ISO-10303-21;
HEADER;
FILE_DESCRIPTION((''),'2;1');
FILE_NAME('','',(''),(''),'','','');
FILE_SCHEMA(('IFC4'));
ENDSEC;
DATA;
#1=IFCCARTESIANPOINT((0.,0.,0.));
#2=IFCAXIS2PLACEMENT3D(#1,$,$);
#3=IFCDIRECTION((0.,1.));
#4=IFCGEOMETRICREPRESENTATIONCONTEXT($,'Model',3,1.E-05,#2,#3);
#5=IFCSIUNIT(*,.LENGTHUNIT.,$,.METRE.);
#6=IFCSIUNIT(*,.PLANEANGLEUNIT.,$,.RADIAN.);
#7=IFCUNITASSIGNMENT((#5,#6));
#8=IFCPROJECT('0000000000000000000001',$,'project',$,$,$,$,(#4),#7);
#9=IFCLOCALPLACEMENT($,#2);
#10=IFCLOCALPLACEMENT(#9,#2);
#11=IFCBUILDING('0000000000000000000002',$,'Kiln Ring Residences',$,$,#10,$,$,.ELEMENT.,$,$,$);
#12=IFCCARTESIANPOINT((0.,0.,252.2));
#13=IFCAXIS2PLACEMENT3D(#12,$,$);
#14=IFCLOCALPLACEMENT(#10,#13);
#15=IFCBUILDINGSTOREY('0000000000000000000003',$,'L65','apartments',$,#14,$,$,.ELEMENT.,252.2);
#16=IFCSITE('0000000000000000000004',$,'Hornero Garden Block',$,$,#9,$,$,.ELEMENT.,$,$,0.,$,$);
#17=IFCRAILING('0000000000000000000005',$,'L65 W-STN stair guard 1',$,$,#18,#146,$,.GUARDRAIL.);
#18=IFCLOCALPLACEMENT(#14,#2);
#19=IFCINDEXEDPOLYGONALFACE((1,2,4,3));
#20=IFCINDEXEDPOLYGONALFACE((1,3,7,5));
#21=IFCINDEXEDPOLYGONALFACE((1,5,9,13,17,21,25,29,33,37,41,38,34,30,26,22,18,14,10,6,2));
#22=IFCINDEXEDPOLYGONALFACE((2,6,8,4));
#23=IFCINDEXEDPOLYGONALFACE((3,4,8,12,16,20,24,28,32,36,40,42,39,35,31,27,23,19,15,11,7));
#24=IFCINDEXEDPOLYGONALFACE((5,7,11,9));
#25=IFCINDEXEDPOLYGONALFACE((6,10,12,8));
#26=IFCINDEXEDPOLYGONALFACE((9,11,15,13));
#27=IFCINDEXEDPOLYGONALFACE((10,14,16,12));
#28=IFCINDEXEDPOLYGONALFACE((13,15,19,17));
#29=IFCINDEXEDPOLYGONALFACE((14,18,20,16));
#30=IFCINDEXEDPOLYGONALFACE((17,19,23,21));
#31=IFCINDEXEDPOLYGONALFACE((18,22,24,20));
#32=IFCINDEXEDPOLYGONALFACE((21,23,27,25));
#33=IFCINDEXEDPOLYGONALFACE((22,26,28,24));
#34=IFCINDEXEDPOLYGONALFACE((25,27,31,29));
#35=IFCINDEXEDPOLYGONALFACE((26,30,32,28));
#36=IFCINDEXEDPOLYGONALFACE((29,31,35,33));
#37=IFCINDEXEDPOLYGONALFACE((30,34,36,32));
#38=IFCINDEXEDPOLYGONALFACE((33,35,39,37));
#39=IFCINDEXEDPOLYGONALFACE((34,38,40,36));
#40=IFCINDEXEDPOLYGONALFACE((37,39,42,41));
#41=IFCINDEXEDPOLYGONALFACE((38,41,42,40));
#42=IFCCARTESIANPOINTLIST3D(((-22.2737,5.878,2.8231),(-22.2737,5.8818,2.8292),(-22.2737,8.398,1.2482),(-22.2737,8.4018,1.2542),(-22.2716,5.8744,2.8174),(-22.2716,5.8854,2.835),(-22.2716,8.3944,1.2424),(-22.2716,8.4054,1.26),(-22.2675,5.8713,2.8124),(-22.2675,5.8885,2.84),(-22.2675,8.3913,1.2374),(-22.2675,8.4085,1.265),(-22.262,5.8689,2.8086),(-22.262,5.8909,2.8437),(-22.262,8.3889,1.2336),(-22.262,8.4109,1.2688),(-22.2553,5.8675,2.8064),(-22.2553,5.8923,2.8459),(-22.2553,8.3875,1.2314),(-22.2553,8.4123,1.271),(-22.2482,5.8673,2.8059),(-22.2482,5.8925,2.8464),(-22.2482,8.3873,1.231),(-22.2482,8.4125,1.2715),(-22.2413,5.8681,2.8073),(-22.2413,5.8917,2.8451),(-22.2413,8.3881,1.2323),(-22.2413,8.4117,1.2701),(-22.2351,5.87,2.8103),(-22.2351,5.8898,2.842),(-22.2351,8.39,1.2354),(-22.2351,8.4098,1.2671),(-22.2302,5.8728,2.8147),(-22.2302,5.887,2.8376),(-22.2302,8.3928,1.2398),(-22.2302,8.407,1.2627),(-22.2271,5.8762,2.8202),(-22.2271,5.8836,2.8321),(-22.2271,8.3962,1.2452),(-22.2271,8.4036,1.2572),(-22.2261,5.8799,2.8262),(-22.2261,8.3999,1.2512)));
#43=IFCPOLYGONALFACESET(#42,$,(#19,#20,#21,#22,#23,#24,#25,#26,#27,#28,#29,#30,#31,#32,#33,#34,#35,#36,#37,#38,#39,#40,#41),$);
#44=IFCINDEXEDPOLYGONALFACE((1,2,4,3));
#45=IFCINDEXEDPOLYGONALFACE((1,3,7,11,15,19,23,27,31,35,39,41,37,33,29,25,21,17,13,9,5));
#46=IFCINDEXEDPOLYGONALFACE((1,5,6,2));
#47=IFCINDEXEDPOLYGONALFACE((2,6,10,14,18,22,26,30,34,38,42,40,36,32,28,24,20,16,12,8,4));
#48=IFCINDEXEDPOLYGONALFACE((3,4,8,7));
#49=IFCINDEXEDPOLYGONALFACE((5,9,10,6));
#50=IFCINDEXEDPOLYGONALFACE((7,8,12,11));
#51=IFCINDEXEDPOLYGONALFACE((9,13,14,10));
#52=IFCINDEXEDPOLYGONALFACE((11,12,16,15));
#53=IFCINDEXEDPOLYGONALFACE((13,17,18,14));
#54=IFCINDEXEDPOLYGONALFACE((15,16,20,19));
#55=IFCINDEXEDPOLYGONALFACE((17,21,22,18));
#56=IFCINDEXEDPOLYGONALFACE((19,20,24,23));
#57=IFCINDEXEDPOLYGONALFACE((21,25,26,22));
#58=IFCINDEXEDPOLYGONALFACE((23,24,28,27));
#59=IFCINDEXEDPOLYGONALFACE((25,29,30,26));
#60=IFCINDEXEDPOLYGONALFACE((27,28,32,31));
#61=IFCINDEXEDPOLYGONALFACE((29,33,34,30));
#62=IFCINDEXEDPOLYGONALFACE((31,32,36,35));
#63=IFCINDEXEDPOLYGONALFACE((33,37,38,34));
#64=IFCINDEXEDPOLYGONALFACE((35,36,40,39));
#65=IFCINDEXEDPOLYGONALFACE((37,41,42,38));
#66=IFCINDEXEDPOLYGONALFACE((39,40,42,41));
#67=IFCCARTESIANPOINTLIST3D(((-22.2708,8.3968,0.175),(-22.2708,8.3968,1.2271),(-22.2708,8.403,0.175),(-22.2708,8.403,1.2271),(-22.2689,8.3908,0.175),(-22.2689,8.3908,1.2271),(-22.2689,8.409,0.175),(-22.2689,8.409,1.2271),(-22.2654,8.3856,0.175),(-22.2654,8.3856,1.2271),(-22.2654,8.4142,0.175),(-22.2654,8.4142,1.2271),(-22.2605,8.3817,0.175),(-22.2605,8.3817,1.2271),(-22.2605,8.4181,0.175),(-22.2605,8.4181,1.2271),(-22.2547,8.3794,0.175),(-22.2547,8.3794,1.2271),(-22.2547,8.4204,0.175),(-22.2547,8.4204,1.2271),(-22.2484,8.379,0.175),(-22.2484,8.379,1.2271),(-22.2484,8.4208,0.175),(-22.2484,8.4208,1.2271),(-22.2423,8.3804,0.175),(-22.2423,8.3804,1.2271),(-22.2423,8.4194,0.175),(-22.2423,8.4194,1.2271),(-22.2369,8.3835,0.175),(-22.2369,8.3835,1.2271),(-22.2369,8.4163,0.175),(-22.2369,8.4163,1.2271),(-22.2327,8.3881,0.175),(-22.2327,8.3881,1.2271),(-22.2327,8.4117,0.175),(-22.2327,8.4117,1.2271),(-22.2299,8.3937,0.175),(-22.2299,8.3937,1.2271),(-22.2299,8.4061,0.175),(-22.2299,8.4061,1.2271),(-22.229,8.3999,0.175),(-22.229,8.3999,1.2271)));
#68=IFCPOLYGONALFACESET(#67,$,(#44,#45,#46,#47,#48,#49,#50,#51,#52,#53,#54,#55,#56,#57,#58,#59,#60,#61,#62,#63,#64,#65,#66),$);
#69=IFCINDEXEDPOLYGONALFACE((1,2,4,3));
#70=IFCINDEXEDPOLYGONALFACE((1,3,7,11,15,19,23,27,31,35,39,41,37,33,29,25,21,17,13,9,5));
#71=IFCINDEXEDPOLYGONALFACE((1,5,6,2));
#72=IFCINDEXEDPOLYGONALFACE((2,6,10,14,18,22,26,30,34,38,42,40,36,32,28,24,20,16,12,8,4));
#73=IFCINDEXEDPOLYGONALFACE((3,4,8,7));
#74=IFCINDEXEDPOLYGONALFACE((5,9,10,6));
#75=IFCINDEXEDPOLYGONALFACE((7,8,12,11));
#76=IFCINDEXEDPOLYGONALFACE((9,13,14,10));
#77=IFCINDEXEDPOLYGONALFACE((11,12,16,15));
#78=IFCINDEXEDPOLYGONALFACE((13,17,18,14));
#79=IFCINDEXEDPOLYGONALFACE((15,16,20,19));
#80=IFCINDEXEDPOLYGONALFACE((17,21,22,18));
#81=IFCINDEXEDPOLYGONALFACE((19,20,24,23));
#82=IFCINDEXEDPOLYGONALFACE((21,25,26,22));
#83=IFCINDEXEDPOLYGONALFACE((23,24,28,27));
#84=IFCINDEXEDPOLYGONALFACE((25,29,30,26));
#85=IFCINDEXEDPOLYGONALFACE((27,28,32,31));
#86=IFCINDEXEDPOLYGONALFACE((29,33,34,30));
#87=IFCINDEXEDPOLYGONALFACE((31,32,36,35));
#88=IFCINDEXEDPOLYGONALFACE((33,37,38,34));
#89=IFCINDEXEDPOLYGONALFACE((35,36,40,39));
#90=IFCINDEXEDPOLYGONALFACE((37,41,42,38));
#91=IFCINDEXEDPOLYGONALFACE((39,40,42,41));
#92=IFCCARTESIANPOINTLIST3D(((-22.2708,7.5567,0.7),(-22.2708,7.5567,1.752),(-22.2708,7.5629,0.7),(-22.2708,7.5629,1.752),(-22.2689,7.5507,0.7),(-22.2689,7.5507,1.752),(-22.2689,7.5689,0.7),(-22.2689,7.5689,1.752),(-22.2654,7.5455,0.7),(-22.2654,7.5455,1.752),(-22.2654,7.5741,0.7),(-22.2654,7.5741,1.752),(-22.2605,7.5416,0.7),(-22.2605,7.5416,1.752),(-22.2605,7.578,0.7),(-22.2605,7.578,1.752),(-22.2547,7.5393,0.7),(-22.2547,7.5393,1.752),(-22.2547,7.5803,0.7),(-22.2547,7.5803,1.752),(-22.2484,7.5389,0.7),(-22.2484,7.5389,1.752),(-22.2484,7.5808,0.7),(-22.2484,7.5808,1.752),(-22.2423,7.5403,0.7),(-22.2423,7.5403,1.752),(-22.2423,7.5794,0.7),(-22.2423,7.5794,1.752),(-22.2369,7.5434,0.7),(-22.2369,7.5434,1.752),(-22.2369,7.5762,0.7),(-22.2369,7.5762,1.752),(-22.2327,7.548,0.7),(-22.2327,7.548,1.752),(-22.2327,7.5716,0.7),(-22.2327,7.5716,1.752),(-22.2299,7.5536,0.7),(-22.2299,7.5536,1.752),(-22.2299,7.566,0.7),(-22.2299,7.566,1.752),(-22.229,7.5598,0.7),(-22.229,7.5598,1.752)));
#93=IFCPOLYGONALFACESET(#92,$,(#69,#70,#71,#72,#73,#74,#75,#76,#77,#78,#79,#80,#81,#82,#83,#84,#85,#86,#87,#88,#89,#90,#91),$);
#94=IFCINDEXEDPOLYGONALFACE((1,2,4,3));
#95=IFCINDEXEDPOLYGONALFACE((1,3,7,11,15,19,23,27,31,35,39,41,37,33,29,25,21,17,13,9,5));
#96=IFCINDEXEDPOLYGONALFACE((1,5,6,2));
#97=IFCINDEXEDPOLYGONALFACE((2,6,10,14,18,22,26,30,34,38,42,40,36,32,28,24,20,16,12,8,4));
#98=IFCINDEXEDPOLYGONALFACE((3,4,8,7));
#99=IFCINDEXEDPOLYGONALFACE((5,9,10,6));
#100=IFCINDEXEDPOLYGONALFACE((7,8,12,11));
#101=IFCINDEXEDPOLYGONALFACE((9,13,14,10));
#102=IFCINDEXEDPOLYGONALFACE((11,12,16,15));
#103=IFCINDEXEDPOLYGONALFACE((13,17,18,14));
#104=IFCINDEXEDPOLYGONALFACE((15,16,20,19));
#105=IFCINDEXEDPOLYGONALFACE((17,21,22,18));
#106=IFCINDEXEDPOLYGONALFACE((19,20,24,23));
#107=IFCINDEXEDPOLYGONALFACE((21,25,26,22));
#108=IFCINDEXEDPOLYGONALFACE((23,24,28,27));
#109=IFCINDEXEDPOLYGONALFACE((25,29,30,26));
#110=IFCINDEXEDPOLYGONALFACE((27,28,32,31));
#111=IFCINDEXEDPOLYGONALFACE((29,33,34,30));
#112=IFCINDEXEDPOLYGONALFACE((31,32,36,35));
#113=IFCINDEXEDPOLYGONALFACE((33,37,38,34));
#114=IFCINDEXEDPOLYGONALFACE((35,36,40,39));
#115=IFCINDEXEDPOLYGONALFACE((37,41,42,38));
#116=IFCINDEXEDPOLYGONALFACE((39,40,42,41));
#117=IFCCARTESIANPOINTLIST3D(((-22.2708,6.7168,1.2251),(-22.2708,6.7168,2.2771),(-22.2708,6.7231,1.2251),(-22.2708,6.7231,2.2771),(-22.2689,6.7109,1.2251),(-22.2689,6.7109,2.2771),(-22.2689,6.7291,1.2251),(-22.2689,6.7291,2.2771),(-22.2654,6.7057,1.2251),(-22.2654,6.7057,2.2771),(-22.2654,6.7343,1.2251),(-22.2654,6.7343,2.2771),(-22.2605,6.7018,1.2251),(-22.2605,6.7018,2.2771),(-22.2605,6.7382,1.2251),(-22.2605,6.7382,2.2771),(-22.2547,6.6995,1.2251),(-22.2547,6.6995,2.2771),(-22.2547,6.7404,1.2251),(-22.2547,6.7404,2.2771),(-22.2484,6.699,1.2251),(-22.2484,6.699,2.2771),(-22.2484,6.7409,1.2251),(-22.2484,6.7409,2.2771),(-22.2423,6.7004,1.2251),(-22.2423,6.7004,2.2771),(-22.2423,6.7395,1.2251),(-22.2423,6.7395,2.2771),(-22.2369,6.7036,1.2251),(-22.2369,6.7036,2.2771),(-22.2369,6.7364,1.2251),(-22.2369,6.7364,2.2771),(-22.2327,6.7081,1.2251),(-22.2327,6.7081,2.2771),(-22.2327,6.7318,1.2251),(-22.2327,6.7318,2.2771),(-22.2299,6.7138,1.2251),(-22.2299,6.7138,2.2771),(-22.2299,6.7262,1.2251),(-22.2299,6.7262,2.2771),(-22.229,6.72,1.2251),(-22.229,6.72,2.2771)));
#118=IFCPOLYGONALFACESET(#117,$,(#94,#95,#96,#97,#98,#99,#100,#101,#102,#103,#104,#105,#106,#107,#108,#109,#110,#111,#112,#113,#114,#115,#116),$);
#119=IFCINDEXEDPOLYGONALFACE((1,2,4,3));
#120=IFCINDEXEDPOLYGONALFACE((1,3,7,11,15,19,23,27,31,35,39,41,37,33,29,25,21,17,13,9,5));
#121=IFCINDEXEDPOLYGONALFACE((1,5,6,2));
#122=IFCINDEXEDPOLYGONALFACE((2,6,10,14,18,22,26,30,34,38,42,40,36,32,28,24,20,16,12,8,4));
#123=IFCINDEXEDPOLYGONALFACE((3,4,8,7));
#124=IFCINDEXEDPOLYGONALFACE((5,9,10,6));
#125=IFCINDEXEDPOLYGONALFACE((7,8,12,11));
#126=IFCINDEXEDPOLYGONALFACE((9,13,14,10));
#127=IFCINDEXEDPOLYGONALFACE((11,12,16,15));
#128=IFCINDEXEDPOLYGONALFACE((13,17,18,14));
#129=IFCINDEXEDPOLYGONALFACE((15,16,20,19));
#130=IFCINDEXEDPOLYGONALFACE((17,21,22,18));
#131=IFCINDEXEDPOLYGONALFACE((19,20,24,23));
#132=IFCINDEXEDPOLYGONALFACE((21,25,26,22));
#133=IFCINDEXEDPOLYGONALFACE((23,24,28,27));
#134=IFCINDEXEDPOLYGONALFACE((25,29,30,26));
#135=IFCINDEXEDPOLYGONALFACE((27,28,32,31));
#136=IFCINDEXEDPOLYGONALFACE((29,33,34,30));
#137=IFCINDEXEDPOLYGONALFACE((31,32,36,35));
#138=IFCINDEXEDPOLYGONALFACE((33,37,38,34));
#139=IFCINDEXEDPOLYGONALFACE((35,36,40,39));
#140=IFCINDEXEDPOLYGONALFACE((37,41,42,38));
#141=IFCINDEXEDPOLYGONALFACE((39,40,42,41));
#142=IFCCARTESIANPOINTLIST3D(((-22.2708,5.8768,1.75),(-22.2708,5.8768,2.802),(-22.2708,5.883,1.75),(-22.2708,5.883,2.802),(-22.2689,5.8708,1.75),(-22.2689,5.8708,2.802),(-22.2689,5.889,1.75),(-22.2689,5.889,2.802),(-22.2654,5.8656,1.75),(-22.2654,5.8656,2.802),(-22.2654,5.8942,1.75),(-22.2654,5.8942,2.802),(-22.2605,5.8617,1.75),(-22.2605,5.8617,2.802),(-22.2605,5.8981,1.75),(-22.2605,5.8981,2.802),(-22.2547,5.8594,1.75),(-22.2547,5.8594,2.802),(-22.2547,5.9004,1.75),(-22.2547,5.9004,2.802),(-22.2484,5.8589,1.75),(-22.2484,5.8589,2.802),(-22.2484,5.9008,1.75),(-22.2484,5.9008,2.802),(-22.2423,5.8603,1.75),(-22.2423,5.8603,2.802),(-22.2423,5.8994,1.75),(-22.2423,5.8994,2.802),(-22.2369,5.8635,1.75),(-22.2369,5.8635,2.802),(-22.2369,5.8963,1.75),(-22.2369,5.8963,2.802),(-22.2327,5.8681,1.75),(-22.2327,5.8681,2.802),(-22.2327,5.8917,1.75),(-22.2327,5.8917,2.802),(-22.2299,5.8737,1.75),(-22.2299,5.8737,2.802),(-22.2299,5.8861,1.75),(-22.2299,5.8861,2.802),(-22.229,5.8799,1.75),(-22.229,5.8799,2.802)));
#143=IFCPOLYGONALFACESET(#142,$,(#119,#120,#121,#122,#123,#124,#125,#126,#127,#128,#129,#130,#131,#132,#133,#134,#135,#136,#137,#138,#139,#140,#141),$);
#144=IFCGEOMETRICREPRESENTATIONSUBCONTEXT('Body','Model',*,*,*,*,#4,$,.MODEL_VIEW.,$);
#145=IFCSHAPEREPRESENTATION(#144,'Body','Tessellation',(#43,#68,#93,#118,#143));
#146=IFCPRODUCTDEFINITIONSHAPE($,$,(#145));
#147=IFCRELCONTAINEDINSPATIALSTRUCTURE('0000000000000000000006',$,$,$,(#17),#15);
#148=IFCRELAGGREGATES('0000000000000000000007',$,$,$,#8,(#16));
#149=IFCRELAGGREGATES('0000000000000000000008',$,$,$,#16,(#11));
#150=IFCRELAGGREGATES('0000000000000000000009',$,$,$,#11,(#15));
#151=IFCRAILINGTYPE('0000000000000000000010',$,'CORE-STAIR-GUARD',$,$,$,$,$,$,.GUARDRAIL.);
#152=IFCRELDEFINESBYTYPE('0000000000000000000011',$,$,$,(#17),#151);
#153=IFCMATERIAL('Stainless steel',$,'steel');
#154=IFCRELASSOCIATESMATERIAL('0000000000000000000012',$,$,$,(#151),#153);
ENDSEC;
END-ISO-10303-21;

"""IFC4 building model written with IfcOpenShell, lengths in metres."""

from ifc_helpers import new_model, si_unit, direction, frame, origin, origin_2d, place, context, subcontext, project, spatial, circle, extrude, material, type_object, element, save


model = new_model("IFC4")

# Units and contexts
model_context = context("Model", 3, precision=1e-05, world=origin(), true_north=direction((0.0, 1.0)))
body_context = subcontext(model_context, "Body", "Model", "MODEL_VIEW")
ifc_project = project(units=[si_unit("LENGTHUNIT", "METRE"), si_unit("PLANEANGLEUNIT", "RADIAN")], contexts=[model_context])

# Site, building, storey
site_placement = place(None, origin())
site = spatial("IfcSite", under=ifc_project, at=site_placement, Name="Hornero Garden Block", CompositionType="ELEMENT", RefElevation=0.0)
building_placement = place(site_placement, origin())
building = spatial("IfcBuilding", under=site, at=building_placement, Name="Kiln Ring Residences", CompositionType="ELEMENT")
storey_placement = place(building_placement, frame((0.0, 0.0, 252.2)))
storey = spatial("IfcBuildingStorey", under=building, at=storey_placement, Name="L65", Description="apartments", CompositionType="ELEMENT", Elevation=252.2)

# Railing
ifc_material_1 = material(Name="Stainless steel", Category="steel")
railing_type = type_object("IfcRailingType", Name="CORE-STAIR-GUARD", PredefinedType="GUARDRAIL", material=ifc_material_1)
railing_1_placement = place(storey_placement, frame((-22.25, 8.3999, 0.175)))
element("IfcRailing", 1, at=railing_1_placement, inside=storey, type_object=railing_type, Name="L65 W-STN stair guard 1", PredefinedType="GUARDRAIL", context=body_context, shape_type="SweptSolid", body=[
    extrude(circle(Radius=0.0239, at=origin_2d()), frame((0.0, 0.0, 1.0762), z_axis=(0.0, -0.848008, 0.529984), x_axis=(1.0, 0.0, 0.0)), (0.0, 0.0, 1.0), 2.9717),
    extrude(circle(Radius=0.021, at=origin_2d()), origin(), (0.0, 0.0, 1.0), 1.052),
    extrude(circle(Radius=0.021, at=origin_2d()), frame((0.0, -0.8401, 0.5249)), (0.0, 0.0, 1.0), 1.052),
    extrude(circle(Radius=0.021, at=origin_2d()), frame((0.0, -1.6799, 1.05)), (0.0, 0.0, 1.0), 1.052),
    extrude(circle(Radius=0.021, at=origin_2d()), frame((0.0, -2.52, 1.575)), (0.0, 0.0, 1.0), 1.052),
])

save(model, "model.ifc")
